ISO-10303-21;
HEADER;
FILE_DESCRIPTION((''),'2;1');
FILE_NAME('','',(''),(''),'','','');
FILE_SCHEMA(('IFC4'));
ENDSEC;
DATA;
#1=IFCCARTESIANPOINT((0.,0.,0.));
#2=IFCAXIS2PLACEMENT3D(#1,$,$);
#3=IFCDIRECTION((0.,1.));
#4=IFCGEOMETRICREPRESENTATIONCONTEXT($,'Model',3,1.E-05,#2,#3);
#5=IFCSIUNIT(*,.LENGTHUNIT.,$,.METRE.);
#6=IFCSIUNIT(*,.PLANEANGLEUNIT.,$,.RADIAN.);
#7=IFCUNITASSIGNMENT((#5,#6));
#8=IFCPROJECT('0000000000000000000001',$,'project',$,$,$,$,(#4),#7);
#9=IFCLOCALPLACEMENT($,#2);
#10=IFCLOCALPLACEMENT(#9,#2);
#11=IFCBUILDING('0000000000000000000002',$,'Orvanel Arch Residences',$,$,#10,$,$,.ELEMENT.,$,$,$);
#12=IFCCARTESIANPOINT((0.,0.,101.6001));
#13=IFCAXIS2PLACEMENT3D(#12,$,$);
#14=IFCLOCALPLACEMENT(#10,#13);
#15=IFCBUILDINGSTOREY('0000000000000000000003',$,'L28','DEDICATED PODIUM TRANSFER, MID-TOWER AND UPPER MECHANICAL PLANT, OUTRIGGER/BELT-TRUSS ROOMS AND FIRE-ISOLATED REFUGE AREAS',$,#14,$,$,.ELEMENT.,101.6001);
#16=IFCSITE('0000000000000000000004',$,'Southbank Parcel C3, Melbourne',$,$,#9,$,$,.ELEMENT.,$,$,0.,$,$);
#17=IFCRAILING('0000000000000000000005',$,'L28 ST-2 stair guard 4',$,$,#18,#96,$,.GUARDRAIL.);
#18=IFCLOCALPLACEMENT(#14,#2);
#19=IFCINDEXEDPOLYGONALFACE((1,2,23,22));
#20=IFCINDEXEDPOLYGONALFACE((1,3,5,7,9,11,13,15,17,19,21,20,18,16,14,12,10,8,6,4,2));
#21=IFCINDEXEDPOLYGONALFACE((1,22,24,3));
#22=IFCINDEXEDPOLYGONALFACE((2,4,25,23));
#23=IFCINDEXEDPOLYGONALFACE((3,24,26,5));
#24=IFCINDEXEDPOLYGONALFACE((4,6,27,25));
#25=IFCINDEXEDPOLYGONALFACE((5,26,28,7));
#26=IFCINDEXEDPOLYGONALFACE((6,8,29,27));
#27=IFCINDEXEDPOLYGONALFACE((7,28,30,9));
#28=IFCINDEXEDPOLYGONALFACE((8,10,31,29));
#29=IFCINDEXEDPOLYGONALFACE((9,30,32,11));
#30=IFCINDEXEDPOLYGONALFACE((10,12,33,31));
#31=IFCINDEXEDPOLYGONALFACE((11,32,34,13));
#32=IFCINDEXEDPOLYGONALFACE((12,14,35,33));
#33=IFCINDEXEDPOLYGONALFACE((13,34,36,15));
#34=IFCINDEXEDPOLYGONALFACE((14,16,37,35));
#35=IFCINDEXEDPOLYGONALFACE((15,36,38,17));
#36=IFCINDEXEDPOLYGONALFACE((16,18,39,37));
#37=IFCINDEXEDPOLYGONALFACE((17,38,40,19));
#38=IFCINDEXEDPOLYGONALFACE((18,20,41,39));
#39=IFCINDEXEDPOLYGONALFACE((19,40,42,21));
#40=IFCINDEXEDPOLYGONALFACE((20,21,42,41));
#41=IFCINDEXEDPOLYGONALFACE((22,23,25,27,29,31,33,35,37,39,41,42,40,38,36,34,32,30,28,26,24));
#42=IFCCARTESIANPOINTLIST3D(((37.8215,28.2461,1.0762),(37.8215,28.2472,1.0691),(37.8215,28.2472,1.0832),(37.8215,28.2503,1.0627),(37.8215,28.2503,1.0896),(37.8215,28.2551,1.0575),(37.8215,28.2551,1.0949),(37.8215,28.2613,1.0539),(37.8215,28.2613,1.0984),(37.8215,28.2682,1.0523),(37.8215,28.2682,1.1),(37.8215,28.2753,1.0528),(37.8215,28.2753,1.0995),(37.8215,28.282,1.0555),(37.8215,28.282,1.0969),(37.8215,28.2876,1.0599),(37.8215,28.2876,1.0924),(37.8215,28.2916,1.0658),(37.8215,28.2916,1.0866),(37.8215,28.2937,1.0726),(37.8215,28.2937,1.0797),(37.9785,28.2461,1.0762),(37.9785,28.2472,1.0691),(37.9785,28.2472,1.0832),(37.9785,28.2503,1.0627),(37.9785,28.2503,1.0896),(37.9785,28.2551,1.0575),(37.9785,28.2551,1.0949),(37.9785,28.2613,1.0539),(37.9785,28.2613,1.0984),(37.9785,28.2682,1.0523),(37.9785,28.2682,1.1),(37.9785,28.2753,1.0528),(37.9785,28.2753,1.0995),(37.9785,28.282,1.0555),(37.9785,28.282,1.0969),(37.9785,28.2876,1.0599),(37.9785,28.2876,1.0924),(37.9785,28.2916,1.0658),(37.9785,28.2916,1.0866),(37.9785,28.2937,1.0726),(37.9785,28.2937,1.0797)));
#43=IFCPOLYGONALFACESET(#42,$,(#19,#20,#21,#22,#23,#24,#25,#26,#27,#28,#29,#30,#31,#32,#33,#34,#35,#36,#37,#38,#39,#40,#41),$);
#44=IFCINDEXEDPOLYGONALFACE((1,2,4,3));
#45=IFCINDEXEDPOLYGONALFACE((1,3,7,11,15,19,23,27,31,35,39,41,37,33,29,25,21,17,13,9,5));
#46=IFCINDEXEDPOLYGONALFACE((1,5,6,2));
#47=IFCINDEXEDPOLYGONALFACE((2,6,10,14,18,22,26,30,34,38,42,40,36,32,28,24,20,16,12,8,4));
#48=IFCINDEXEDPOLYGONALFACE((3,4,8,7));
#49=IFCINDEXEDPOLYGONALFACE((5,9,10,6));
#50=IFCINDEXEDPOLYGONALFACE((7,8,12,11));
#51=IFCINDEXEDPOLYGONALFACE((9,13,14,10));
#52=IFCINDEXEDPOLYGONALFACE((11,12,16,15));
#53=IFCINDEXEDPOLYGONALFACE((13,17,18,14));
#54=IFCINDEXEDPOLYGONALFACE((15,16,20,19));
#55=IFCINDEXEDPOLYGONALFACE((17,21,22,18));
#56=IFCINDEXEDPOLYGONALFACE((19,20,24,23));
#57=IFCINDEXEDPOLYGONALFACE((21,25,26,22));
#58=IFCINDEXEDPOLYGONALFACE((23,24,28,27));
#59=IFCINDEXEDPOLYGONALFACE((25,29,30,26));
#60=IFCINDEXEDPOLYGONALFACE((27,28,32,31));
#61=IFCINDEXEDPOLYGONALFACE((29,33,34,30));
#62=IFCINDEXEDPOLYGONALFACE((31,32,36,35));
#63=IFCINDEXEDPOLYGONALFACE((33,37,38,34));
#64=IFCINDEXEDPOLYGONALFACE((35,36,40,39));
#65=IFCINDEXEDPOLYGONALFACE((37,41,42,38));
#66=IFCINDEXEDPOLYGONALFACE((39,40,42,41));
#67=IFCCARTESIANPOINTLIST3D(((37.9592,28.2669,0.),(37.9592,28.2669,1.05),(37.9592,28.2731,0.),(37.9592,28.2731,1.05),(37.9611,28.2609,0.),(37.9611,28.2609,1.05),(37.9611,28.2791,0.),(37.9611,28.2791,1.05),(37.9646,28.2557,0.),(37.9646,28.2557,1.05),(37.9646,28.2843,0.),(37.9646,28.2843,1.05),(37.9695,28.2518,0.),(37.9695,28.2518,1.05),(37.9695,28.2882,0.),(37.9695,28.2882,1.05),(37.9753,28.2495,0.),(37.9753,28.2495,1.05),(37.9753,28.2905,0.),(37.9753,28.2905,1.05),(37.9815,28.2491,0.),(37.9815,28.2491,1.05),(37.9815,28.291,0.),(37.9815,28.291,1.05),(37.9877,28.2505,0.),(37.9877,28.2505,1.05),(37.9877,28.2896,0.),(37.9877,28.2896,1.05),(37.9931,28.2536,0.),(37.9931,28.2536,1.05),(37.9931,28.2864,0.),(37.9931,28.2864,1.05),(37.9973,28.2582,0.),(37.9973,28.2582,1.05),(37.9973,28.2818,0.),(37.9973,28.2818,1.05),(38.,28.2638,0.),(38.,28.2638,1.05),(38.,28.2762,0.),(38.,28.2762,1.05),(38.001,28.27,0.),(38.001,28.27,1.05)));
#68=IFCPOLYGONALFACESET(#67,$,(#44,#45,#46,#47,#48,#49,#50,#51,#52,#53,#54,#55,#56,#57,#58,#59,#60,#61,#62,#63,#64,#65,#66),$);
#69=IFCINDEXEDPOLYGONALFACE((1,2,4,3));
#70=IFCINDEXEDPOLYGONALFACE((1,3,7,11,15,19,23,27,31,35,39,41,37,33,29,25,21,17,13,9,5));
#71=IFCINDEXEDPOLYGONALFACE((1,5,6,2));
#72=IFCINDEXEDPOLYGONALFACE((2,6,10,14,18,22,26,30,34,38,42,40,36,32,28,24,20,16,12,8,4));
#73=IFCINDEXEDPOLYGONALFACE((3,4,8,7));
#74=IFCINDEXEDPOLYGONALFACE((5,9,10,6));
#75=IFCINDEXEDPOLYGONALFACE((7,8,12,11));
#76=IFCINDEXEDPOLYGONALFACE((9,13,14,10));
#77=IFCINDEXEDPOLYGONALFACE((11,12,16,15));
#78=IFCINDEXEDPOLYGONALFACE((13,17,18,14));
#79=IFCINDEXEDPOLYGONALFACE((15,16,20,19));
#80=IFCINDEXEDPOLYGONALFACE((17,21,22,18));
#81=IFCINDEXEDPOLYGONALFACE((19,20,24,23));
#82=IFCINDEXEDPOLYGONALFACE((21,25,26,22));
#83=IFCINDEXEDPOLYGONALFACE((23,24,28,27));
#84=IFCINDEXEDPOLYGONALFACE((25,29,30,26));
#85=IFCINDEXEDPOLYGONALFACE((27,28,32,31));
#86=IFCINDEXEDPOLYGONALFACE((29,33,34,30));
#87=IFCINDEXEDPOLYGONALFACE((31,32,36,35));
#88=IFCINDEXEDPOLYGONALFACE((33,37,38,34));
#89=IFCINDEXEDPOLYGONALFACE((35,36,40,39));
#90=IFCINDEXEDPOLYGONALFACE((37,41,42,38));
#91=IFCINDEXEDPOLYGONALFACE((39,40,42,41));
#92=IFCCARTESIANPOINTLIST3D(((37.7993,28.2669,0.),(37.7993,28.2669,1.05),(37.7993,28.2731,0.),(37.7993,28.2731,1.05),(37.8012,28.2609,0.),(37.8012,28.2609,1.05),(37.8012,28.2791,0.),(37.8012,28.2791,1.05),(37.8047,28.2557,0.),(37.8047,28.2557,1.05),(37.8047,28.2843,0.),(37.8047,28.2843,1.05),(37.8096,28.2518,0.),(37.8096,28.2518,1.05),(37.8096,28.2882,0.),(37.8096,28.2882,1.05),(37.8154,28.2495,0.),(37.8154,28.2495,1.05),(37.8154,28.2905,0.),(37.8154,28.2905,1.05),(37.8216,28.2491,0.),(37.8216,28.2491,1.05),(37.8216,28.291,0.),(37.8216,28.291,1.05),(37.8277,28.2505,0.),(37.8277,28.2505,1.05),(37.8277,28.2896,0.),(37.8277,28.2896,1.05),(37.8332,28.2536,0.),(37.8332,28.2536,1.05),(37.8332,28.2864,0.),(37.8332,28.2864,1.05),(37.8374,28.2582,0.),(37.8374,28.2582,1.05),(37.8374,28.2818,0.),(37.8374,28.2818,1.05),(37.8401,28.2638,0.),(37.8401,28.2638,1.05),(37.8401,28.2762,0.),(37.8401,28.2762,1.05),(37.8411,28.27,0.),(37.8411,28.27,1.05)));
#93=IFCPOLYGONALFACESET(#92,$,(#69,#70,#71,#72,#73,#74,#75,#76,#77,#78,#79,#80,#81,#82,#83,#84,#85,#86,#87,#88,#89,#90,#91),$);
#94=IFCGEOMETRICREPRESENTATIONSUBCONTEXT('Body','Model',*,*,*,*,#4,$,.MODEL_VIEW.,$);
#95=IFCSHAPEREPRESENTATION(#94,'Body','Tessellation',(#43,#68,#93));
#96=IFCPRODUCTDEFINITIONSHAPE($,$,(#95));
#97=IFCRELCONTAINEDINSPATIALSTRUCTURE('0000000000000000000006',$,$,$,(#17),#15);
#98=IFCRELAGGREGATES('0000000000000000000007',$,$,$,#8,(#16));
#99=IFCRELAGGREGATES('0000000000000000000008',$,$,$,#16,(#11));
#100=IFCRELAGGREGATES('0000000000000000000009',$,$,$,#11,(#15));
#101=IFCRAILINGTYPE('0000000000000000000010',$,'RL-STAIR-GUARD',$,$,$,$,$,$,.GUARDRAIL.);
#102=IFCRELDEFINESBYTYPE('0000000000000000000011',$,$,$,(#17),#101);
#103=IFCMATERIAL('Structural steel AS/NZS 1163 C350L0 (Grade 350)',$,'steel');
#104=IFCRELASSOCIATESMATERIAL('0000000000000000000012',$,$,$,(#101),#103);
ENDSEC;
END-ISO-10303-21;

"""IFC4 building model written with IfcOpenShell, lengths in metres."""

from ifc_helpers import new_model, si_unit, direction, frame, origin, origin_2d, place, context, subcontext, project, spatial, circle, extrude, material, type_object, element, save


model = new_model("IFC4")

# Units and contexts
model_context = context("Model", 3, precision=1e-05, world=origin(), true_north=direction((0.0, 1.0)))
body_context = subcontext(model_context, "Body", "Model", "MODEL_VIEW")
ifc_project = project(units=[si_unit("LENGTHUNIT", "METRE"), si_unit("PLANEANGLEUNIT", "RADIAN")], contexts=[model_context])

# Site, building, storey
site_placement = place(None, origin())
site = spatial("IfcSite", under=ifc_project, at=site_placement, Name="Southbank Parcel C3, Melbourne", CompositionType="ELEMENT", RefElevation=0.0)
building_placement = place(site_placement, origin())
building = spatial("IfcBuilding", under=site, at=building_placement, Name="Orvanel Arch Residences", CompositionType="ELEMENT")
storey_placement = place(building_placement, frame((0.0, 0.0, 101.6001)))
storey = spatial("IfcBuildingStorey", under=building, at=storey_placement, Name="L28", Description="DEDICATED PODIUM TRANSFER, MID-TOWER AND UPPER MECHANICAL PLANT, OUTRIGGER/BELT-TRUSS ROOMS AND FIRE-ISOLATED REFUGE AREAS", CompositionType="ELEMENT", Elevation=101.6001)

# Railing
ifc_material_1 = material(Name="Structural steel AS/NZS 1163 C350L0 (Grade 350)", Category="steel")
railing_type_1 = type_object("IfcRailingType", Name="RL-STAIR-GUARD", PredefinedType="GUARDRAIL", material=ifc_material_1)
railing_1_placement = place(storey_placement, frame((37.98, 28.27, 0.0)))
element("IfcRailing", 1, at=railing_1_placement, inside=storey, type_object=railing_type_1, Name="L28 ST-2 stair guard 4", PredefinedType="GUARDRAIL", context=body_context, shape_type="SweptSolid", body=[
    extrude(circle(Radius=0.0239, at=origin_2d()), frame((-0.0015, 0.0, 1.0762), z_axis=(-1.0, 0.0, 0.0), x_axis=(0.0, -1.0, 0.0)), (0.0, 0.0, 1.0), 0.157),
    extrude(circle(Radius=0.021, at=origin_2d()), origin(), (0.0, 0.0, 1.0), 1.05),
    extrude(circle(Radius=0.021, at=origin_2d()), frame((-0.1599, 0.0, 0.0)), (0.0, 0.0, 1.0), 1.05),
])

save(model, "model.ifc")
